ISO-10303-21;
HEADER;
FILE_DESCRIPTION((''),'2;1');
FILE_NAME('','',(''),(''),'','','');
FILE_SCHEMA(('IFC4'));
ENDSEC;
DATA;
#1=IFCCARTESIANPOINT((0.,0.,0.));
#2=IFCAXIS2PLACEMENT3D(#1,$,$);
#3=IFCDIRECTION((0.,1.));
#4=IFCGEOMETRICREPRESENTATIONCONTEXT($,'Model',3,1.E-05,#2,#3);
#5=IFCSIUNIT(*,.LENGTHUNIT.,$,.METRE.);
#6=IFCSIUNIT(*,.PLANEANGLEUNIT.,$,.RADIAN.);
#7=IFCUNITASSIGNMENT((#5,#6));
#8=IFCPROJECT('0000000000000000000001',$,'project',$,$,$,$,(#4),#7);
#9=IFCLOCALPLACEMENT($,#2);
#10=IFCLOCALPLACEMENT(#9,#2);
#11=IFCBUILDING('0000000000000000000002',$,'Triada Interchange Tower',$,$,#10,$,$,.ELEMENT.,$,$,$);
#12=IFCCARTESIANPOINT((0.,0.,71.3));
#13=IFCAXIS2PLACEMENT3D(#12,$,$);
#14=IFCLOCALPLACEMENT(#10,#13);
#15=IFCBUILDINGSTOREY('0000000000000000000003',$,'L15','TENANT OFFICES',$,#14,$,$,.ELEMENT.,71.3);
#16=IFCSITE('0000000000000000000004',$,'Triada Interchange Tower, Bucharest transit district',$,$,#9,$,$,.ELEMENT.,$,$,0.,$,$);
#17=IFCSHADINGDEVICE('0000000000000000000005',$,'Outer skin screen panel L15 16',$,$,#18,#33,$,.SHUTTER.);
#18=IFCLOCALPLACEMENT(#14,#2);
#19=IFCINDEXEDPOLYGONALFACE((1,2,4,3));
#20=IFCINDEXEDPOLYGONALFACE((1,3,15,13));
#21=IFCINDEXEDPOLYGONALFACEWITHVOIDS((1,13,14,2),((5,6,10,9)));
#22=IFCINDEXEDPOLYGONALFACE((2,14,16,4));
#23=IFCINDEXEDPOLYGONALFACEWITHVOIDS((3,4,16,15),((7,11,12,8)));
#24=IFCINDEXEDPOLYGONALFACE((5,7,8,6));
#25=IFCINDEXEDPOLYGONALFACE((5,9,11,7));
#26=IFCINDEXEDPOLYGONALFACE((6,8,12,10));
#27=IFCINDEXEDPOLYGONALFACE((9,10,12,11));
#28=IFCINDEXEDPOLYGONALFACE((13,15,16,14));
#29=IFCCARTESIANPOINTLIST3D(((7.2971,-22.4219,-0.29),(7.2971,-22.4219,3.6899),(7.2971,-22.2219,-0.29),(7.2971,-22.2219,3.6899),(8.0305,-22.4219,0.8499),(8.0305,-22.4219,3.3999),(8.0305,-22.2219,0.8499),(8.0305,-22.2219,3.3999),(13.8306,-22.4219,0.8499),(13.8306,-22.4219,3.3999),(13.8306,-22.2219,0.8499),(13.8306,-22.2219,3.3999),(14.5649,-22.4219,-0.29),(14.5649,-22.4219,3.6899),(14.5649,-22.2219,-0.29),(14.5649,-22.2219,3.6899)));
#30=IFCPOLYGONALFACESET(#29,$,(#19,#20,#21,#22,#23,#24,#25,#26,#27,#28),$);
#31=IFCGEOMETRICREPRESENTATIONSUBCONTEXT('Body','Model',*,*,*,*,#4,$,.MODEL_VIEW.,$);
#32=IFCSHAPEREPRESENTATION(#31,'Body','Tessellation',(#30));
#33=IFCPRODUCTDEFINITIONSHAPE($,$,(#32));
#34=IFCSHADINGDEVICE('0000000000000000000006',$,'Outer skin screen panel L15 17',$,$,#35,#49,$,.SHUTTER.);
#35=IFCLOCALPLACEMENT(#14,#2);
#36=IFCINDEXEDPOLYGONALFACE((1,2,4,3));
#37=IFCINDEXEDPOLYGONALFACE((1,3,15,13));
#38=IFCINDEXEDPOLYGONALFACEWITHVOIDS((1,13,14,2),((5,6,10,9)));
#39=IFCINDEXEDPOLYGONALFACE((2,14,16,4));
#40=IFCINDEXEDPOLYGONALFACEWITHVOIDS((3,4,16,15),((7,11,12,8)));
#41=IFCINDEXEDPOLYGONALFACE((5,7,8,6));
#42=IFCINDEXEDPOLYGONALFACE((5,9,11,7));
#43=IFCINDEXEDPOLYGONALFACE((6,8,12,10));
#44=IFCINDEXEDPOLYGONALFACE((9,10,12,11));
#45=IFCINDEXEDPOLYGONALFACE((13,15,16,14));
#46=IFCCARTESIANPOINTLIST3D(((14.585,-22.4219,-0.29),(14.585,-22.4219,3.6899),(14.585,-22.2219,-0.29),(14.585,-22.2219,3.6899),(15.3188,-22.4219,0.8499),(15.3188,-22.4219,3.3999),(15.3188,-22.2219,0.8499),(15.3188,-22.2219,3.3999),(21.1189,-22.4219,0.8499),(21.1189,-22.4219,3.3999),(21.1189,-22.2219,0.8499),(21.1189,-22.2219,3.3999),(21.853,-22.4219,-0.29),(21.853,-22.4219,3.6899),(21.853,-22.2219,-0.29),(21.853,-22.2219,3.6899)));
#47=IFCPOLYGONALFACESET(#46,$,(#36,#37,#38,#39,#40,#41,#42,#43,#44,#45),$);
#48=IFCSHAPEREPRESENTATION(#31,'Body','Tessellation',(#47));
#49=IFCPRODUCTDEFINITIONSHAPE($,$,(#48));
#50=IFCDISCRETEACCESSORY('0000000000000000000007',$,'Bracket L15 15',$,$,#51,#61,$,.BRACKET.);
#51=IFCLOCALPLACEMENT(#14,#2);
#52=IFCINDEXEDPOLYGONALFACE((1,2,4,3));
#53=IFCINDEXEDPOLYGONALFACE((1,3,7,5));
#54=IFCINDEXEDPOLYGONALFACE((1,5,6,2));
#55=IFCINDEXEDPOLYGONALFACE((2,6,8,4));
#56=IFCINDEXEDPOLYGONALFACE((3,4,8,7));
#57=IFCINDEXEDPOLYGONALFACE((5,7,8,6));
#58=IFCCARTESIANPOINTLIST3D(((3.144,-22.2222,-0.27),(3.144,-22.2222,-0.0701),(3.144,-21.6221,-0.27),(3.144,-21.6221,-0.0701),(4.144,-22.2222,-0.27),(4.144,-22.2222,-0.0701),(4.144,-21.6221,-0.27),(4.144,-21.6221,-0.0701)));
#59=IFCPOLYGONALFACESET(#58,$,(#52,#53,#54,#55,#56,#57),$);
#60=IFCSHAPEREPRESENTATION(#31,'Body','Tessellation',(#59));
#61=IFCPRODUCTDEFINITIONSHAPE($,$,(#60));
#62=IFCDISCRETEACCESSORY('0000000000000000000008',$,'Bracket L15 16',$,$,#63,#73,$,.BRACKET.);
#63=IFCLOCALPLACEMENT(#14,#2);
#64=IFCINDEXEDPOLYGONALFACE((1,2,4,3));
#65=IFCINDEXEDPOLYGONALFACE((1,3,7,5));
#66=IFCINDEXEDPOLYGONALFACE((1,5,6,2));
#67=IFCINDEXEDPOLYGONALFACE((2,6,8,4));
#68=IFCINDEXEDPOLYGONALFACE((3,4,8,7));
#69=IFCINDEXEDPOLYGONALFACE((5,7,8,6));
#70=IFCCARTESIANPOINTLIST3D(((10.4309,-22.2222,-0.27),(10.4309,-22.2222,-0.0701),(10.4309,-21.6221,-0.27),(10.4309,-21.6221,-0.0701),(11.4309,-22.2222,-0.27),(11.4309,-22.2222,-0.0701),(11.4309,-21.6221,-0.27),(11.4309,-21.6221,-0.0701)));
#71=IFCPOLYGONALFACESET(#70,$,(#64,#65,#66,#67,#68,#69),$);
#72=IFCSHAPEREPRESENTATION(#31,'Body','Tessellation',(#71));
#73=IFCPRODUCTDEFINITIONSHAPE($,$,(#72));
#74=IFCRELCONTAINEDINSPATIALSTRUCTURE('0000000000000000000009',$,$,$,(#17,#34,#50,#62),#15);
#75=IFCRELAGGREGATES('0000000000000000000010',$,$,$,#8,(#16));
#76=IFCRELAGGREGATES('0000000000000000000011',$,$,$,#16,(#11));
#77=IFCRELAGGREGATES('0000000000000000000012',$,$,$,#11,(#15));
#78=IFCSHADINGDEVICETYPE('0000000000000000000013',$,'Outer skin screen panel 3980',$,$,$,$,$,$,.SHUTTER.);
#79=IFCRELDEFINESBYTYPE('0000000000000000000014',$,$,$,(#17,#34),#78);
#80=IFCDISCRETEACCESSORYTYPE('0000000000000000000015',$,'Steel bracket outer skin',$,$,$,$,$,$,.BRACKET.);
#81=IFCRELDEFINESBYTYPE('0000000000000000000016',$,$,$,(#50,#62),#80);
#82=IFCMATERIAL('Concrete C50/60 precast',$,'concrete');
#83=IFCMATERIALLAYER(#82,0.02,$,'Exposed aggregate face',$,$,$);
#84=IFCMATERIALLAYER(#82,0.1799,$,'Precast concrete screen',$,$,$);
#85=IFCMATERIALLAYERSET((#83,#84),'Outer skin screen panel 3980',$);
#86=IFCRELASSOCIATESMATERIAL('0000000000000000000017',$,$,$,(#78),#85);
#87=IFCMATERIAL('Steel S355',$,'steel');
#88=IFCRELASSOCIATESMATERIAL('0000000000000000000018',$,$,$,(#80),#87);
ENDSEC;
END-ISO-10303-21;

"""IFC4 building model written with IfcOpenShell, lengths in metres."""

from ifc_helpers import new_model, si_unit, direction, frame, origin, origin_2d, place, context, subcontext, project, spatial, polyline, rectangle, outline, extrude, material, layer, layer_set, type_object, element, save


model = new_model("IFC4")

# Units and contexts
model_context = context("Model", 3, precision=1e-05, world=origin(), true_north=direction((0.0, 1.0)))
body_context = subcontext(model_context, "Body", "Model", "MODEL_VIEW")
ifc_project = project(units=[si_unit("LENGTHUNIT", "METRE"), si_unit("PLANEANGLEUNIT", "RADIAN")], contexts=[model_context])

# Site, building, storey
site_placement = place(None, origin())
site = spatial("IfcSite", under=ifc_project, at=site_placement, Name="Triada Interchange Tower, Bucharest transit district", CompositionType="ELEMENT", RefElevation=0.0)
building_placement = place(site_placement, origin())
building = spatial("IfcBuilding", under=site, at=building_placement, Name="Triada Interchange Tower", CompositionType="ELEMENT")
storey_placement = place(building_placement, frame((0.0, 0.0, 71.3)))
storey = spatial("IfcBuildingStorey", under=building, at=storey_placement, Name="L15", Description="TENANT OFFICES", CompositionType="ELEMENT", Elevation=71.3)

# Shading devices
ifc_material_1 = material(Name="Concrete C50/60 precast", Category="concrete")
ifc_layer_1 = layer(ifc_material_1, 0.02, Name="Exposed aggregate face")
ifc_layer_2 = layer(ifc_material_1, 0.1799, Name="Precast concrete screen")
ifc_layer_set_1 = layer_set([ifc_layer_1, ifc_layer_2], Name="Outer skin screen panel 3980")
shading_device_type = type_object("IfcShadingDeviceType", Name="Outer skin screen panel 3980", PredefinedType="SHUTTER", material=ifc_layer_set_1)
shading_device_1_placement = place(storey_placement, frame((7.2971, -22.2219, -0.29), z_axis=(0.0, 0.0, 1.0), x_axis=(1.0, 0.0, 0.0)))
element("IfcShadingDevice", 1, at=shading_device_1_placement, inside=storey, type_object=shading_device_type, Name="Outer skin screen panel L15 16", PredefinedType="SHUTTER", context=body_context, shape_type="SweptSolid", body=[
    extrude(outline(polyline([(0.0, 0.0), (7.2678, 0.0), (7.2678, 3.98), (0.0, 3.98), (0.0, 0.0)]), holes=[polyline([(0.7334, 1.1399), (0.7334, 3.6899), (6.5334, 3.6899), (6.5334, 1.1399), (0.7334, 1.1399)])]), frame((0.0, 0.0, 0.0), z_axis=(0.0, -1.0, 0.0), x_axis=(1.0, 0.0, 0.0)), (0.0, 0.0, 1.0), 0.2),
])
shading_device_2_placement = place(storey_placement, frame((14.585, -22.2219, -0.29), z_axis=(0.0, 0.0, 1.0), x_axis=(1.0, 0.0, 0.0)))
element("IfcShadingDevice", 2, at=shading_device_2_placement, inside=storey, type_object=shading_device_type, Name="Outer skin screen panel L15 17", PredefinedType="SHUTTER", context=body_context, shape_type="SweptSolid", body=[
    extrude(outline(polyline([(0.0, 0.0), (7.2681, 0.0), (7.2681, 3.98), (0.0, 3.98), (0.0, 0.0)]), holes=[polyline([(0.7339, 1.1399), (0.7339, 3.6899), (6.5339, 3.6899), (6.5339, 1.1399), (0.7339, 1.1399)])]), frame((0.0, 0.0, 0.0), z_axis=(0.0, -1.0, 0.0), x_axis=(1.0, 0.0, 0.0)), (0.0, 0.0, 1.0), 0.2),
])

# Discrete accessories
ifc_material_2 = material(Name="Steel S355", Category="steel")
discrete_accessory_type = type_object("IfcDiscreteAccessoryType", Name="Steel bracket outer skin", PredefinedType="BRACKET", material=ifc_material_2)
for number, where, z_axis, x_axis, name in (
    (3, (3.644, -21.9221, -0.27), (0.0, 0.0, 1.0), (0.0, -1.0, 0.0), "Bracket L15 15"),
    (4, (10.9309, -21.9221, -0.27), (0.0, 0.0, 1.0), (0.0, -1.0, 0.0), "Bracket L15 16"),
):
    element("IfcDiscreteAccessory", number, at=place(storey_placement, frame(where, z_axis=z_axis, x_axis=x_axis)), inside=storey, type_object=discrete_accessory_type, Name=name, PredefinedType="BRACKET", context=body_context, shape_type="SweptSolid", body=[
        extrude(rectangle(XDim=0.6001, YDim=1.0, at=origin_2d()), origin(), (0.0, 0.0, 1.0), 0.2),
    ])

save(model, "model.ifc")
